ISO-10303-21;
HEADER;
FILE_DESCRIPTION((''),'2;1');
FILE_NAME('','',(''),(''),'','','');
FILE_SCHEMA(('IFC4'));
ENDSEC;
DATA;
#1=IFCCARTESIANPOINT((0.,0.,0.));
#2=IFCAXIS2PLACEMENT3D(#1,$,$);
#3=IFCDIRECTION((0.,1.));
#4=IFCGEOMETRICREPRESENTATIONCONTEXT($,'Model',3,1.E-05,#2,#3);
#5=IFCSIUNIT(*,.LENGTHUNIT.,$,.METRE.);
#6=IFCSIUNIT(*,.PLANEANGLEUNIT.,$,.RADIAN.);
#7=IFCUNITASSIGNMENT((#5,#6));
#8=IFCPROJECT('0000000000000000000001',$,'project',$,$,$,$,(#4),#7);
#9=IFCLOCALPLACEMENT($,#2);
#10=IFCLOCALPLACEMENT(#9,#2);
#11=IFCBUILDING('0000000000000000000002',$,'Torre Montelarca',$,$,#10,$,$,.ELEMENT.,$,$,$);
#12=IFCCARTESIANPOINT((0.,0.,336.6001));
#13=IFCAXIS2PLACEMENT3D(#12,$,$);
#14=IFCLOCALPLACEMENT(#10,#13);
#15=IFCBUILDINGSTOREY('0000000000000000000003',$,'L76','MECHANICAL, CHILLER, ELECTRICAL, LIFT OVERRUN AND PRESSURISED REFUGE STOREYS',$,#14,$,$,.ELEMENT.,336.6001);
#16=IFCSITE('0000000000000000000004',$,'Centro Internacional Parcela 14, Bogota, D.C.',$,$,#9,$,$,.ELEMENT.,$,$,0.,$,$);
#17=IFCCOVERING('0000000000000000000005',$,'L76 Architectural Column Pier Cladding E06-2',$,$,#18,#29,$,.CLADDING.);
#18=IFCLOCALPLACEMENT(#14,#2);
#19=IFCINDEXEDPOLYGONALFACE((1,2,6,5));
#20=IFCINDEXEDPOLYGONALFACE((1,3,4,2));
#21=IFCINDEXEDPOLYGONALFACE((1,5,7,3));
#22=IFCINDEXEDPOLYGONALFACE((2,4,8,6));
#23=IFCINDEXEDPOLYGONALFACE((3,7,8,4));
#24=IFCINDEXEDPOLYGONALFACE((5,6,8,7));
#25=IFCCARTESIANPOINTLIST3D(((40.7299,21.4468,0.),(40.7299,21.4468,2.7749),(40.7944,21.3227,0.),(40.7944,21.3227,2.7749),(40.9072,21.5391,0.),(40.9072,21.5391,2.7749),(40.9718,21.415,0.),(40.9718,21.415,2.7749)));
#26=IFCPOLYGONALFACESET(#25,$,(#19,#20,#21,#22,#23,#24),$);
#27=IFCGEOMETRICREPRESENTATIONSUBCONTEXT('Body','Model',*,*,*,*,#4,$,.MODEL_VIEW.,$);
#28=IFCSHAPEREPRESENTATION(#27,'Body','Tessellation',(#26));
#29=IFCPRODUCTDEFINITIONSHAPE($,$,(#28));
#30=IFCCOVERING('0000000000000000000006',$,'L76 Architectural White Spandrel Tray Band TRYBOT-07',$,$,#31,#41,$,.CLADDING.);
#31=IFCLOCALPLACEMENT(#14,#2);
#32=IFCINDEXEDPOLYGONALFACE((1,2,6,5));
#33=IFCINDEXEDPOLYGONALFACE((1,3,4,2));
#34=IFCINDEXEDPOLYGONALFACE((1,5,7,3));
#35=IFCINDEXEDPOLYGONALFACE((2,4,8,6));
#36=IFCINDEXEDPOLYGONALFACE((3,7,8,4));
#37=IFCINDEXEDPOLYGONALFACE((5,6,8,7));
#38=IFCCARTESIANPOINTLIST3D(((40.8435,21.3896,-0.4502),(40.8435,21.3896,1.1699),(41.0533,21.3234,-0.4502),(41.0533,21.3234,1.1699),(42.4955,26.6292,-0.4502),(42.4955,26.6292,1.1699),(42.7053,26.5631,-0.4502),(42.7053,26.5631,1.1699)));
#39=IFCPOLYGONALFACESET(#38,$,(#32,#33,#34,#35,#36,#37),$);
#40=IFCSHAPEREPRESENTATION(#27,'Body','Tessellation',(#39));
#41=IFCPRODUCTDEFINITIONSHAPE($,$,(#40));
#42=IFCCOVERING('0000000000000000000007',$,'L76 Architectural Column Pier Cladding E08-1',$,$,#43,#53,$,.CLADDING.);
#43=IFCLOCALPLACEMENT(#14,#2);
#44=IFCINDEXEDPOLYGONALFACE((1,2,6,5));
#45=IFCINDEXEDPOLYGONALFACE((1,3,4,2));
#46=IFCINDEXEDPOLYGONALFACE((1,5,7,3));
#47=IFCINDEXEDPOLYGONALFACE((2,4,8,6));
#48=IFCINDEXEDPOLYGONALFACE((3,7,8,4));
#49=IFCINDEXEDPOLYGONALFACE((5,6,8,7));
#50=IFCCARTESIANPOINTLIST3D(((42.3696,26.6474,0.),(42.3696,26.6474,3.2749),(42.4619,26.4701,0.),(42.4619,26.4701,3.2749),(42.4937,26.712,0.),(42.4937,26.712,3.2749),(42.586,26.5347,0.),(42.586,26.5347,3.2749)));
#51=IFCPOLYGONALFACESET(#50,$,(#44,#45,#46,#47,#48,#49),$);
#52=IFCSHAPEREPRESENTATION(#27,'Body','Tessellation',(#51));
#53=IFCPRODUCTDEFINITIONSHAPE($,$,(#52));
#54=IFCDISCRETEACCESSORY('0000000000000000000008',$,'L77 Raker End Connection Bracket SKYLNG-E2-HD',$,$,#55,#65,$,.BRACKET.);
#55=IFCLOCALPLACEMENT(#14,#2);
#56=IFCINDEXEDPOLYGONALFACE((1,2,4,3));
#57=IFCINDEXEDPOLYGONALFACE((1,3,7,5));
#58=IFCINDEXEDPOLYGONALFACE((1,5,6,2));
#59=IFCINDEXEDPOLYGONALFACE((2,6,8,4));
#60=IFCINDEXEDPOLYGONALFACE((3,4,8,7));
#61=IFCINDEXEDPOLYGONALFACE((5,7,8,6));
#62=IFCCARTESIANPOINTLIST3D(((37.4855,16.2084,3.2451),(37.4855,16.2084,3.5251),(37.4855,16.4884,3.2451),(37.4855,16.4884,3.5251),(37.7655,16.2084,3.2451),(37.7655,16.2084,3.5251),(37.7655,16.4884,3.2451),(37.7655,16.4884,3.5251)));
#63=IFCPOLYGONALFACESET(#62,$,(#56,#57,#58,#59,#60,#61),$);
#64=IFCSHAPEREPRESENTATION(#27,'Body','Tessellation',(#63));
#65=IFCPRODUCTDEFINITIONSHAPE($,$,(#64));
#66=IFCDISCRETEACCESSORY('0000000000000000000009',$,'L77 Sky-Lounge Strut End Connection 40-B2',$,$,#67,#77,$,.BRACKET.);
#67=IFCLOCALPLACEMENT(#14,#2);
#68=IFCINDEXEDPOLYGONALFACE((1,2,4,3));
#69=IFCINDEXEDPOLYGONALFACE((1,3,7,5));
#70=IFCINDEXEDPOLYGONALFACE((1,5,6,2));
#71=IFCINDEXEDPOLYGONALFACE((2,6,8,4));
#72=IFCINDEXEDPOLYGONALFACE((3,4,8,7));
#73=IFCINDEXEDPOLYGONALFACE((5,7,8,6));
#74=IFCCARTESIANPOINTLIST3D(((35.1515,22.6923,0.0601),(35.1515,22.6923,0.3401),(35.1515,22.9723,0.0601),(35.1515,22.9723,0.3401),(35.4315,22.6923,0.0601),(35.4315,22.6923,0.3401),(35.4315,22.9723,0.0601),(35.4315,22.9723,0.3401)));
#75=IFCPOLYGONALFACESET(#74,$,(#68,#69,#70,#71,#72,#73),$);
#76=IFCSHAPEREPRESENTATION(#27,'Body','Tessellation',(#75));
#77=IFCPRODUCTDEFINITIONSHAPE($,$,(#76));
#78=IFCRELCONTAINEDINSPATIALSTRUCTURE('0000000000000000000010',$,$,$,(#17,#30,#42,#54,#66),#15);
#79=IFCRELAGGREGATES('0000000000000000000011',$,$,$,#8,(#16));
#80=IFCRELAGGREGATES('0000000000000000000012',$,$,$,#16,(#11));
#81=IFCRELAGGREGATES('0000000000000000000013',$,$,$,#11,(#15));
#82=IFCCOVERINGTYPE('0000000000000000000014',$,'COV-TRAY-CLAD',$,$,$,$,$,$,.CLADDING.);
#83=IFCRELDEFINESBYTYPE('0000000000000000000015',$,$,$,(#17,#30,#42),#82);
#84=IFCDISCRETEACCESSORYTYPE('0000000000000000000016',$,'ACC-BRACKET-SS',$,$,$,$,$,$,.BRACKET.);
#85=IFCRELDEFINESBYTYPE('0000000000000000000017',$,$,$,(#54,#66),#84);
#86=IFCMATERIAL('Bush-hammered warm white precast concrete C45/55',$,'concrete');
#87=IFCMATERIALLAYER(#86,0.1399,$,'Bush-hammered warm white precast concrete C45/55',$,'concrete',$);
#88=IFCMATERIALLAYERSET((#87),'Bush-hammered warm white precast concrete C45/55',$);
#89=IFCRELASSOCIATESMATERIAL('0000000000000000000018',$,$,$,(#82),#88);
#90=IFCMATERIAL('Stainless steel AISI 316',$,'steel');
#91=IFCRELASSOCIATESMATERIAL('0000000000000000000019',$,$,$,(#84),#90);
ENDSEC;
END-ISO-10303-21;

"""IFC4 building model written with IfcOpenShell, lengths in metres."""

from ifc_helpers import new_model, si_unit, direction, frame, origin, origin_2d, place, context, subcontext, project, spatial, rectangle, extrude, source, transform, mapped, material, layer, layer_set, type_object, element, save


model = new_model("IFC4")

# Units and contexts
model_context = context("Model", 3, precision=1e-05, world=origin(), true_north=direction((0.0, 1.0)))
body_context = subcontext(model_context, "Body", "Model", "MODEL_VIEW")
ifc_project = project(units=[si_unit("LENGTHUNIT", "METRE"), si_unit("PLANEANGLEUNIT", "RADIAN")], contexts=[model_context])

# Site, building, storey
site_placement = place(None, origin())
site = spatial("IfcSite", under=ifc_project, at=site_placement, Name="Centro Internacional Parcela 14, Bogota, D.C.", CompositionType="ELEMENT", RefElevation=0.0)
building_placement = place(site_placement, origin())
building = spatial("IfcBuilding", under=site, at=building_placement, Name="Torre Montelarca", CompositionType="ELEMENT")
storey_placement = place(building_placement, frame((0.0, 0.0, 336.6001)))
storey = spatial("IfcBuildingStorey", under=building, at=storey_placement, Name="L76", Description="MECHANICAL, CHILLER, ELECTRICAL, LIFT OVERRUN AND PRESSURISED REFUGE STOREYS", CompositionType="ELEMENT", Elevation=336.6001)

# Coverings
ifc_material_1 = material(Name="Bush-hammered warm white precast concrete C45/55", Category="concrete")
ifc_layer_1 = layer(ifc_material_1, 0.1399, Name="Bush-hammered warm white precast concrete C45/55", Category="concrete")
ifc_layer_set_1 = layer_set([ifc_layer_1], Name="Bush-hammered warm white precast concrete C45/55")
covering_type = type_object("IfcCoveringType", Name="COV-TRAY-CLAD", PredefinedType="CLADDING", material=ifc_layer_set_1)
shared_shape_1 = source(origin(), body_context, "Body", "SweptSolid", [
    extrude(rectangle(XDim=0.2, YDim=0.1399, at=origin_2d()), origin(), (0.0, 0.0, 1.0), 2.7749),
])
covering_1_placement = place(storey_placement, frame((40.8508, 21.4309, 0.0), z_axis=(0.0, 0.0, 1.0), x_axis=(0.887012, 0.461747, 0.0)))
element("IfcCovering", 1, at=covering_1_placement, inside=storey, type_object=covering_type, Name="L76 Architectural Column Pier Cladding E06-2", PredefinedType="CLADDING", context=body_context, shape_type="MappedRepresentation", body=[
    mapped(shared_shape_1, transform((0.0, 0.0, 0.0), scale=1.0)),
])
shared_shape_2 = source(origin(), body_context, "Body", "SweptSolid", [
    extrude(rectangle(XDim=5.4939, YDim=0.22, at=origin_2d()), origin(), (0.0, 0.0, 1.0), 1.6201),
])
covering_2_placement = place(storey_placement, frame((41.7744, 23.9763, -0.4502), z_axis=(0.0, 0.0, 1.0), x_axis=(0.300706, 0.953717, 0.0)))
element("IfcCovering", 2, at=covering_2_placement, inside=storey, type_object=covering_type, Name="L76 Architectural White Spandrel Tray Band TRYBOT-07", PredefinedType="CLADDING", context=body_context, shape_type="MappedRepresentation", body=[
    mapped(shared_shape_2, transform((0.0, 0.0, 0.0), scale=1.0)),
])
shared_shape_3 = source(origin(), body_context, "Body", "SweptSolid", [
    extrude(rectangle(XDim=0.2, YDim=0.1399, at=origin_2d()), origin(), (0.0, 0.0, 1.0), 3.2749),
])
covering_3_placement = place(storey_placement, frame((42.4778, 26.5911, 0.0), z_axis=(0.0, 0.0, 1.0), x_axis=(-0.461747, 0.887012, 0.0)))
element("IfcCovering", 3, at=covering_3_placement, inside=storey, type_object=covering_type, Name="L76 Architectural Column Pier Cladding E08-1", PredefinedType="CLADDING", context=body_context, shape_type="MappedRepresentation", body=[
    mapped(shared_shape_3, transform((0.0, 0.0, 0.0), scale=1.0)),
])

# Discrete accessories
ifc_material_2 = material(Name="Stainless steel AISI 316", Category="steel")
discrete_accessory_type = type_object("IfcDiscreteAccessoryType", Name="ACC-BRACKET-SS", PredefinedType="BRACKET", material=ifc_material_2)
shared_shape_4 = source(origin(), body_context, "Body", "SweptSolid", [
    extrude(rectangle(XDim=0.28, YDim=0.28, at=origin_2d()), origin(), (0.0, 0.0, 1.0), 0.28),
])
for number, where, z_axis, x_axis, name in (
    (4, (37.6255, 16.3484, 3.2451), (0.0, 0.0, 1.0), (1.0, 0.0, 0.0), "L77 Raker End Connection Bracket SKYLNG-E2-HD"),
    (5, (35.2915, 22.8323, 0.0601), (0.0, 0.0, 1.0), (1.0, 0.0, 0.0), "L77 Sky-Lounge Strut End Connection 40-B2"),
):
    element("IfcDiscreteAccessory", number, at=place(storey_placement, frame(where, z_axis=z_axis, x_axis=x_axis)), inside=storey, type_object=discrete_accessory_type, Name=name, PredefinedType="BRACKET", context=body_context, shape_type="MappedRepresentation", body=[
        mapped(shared_shape_4, transform((0.0, 0.0, 0.0), scale=1.0)),
    ])

save(model, "model.ifc")
